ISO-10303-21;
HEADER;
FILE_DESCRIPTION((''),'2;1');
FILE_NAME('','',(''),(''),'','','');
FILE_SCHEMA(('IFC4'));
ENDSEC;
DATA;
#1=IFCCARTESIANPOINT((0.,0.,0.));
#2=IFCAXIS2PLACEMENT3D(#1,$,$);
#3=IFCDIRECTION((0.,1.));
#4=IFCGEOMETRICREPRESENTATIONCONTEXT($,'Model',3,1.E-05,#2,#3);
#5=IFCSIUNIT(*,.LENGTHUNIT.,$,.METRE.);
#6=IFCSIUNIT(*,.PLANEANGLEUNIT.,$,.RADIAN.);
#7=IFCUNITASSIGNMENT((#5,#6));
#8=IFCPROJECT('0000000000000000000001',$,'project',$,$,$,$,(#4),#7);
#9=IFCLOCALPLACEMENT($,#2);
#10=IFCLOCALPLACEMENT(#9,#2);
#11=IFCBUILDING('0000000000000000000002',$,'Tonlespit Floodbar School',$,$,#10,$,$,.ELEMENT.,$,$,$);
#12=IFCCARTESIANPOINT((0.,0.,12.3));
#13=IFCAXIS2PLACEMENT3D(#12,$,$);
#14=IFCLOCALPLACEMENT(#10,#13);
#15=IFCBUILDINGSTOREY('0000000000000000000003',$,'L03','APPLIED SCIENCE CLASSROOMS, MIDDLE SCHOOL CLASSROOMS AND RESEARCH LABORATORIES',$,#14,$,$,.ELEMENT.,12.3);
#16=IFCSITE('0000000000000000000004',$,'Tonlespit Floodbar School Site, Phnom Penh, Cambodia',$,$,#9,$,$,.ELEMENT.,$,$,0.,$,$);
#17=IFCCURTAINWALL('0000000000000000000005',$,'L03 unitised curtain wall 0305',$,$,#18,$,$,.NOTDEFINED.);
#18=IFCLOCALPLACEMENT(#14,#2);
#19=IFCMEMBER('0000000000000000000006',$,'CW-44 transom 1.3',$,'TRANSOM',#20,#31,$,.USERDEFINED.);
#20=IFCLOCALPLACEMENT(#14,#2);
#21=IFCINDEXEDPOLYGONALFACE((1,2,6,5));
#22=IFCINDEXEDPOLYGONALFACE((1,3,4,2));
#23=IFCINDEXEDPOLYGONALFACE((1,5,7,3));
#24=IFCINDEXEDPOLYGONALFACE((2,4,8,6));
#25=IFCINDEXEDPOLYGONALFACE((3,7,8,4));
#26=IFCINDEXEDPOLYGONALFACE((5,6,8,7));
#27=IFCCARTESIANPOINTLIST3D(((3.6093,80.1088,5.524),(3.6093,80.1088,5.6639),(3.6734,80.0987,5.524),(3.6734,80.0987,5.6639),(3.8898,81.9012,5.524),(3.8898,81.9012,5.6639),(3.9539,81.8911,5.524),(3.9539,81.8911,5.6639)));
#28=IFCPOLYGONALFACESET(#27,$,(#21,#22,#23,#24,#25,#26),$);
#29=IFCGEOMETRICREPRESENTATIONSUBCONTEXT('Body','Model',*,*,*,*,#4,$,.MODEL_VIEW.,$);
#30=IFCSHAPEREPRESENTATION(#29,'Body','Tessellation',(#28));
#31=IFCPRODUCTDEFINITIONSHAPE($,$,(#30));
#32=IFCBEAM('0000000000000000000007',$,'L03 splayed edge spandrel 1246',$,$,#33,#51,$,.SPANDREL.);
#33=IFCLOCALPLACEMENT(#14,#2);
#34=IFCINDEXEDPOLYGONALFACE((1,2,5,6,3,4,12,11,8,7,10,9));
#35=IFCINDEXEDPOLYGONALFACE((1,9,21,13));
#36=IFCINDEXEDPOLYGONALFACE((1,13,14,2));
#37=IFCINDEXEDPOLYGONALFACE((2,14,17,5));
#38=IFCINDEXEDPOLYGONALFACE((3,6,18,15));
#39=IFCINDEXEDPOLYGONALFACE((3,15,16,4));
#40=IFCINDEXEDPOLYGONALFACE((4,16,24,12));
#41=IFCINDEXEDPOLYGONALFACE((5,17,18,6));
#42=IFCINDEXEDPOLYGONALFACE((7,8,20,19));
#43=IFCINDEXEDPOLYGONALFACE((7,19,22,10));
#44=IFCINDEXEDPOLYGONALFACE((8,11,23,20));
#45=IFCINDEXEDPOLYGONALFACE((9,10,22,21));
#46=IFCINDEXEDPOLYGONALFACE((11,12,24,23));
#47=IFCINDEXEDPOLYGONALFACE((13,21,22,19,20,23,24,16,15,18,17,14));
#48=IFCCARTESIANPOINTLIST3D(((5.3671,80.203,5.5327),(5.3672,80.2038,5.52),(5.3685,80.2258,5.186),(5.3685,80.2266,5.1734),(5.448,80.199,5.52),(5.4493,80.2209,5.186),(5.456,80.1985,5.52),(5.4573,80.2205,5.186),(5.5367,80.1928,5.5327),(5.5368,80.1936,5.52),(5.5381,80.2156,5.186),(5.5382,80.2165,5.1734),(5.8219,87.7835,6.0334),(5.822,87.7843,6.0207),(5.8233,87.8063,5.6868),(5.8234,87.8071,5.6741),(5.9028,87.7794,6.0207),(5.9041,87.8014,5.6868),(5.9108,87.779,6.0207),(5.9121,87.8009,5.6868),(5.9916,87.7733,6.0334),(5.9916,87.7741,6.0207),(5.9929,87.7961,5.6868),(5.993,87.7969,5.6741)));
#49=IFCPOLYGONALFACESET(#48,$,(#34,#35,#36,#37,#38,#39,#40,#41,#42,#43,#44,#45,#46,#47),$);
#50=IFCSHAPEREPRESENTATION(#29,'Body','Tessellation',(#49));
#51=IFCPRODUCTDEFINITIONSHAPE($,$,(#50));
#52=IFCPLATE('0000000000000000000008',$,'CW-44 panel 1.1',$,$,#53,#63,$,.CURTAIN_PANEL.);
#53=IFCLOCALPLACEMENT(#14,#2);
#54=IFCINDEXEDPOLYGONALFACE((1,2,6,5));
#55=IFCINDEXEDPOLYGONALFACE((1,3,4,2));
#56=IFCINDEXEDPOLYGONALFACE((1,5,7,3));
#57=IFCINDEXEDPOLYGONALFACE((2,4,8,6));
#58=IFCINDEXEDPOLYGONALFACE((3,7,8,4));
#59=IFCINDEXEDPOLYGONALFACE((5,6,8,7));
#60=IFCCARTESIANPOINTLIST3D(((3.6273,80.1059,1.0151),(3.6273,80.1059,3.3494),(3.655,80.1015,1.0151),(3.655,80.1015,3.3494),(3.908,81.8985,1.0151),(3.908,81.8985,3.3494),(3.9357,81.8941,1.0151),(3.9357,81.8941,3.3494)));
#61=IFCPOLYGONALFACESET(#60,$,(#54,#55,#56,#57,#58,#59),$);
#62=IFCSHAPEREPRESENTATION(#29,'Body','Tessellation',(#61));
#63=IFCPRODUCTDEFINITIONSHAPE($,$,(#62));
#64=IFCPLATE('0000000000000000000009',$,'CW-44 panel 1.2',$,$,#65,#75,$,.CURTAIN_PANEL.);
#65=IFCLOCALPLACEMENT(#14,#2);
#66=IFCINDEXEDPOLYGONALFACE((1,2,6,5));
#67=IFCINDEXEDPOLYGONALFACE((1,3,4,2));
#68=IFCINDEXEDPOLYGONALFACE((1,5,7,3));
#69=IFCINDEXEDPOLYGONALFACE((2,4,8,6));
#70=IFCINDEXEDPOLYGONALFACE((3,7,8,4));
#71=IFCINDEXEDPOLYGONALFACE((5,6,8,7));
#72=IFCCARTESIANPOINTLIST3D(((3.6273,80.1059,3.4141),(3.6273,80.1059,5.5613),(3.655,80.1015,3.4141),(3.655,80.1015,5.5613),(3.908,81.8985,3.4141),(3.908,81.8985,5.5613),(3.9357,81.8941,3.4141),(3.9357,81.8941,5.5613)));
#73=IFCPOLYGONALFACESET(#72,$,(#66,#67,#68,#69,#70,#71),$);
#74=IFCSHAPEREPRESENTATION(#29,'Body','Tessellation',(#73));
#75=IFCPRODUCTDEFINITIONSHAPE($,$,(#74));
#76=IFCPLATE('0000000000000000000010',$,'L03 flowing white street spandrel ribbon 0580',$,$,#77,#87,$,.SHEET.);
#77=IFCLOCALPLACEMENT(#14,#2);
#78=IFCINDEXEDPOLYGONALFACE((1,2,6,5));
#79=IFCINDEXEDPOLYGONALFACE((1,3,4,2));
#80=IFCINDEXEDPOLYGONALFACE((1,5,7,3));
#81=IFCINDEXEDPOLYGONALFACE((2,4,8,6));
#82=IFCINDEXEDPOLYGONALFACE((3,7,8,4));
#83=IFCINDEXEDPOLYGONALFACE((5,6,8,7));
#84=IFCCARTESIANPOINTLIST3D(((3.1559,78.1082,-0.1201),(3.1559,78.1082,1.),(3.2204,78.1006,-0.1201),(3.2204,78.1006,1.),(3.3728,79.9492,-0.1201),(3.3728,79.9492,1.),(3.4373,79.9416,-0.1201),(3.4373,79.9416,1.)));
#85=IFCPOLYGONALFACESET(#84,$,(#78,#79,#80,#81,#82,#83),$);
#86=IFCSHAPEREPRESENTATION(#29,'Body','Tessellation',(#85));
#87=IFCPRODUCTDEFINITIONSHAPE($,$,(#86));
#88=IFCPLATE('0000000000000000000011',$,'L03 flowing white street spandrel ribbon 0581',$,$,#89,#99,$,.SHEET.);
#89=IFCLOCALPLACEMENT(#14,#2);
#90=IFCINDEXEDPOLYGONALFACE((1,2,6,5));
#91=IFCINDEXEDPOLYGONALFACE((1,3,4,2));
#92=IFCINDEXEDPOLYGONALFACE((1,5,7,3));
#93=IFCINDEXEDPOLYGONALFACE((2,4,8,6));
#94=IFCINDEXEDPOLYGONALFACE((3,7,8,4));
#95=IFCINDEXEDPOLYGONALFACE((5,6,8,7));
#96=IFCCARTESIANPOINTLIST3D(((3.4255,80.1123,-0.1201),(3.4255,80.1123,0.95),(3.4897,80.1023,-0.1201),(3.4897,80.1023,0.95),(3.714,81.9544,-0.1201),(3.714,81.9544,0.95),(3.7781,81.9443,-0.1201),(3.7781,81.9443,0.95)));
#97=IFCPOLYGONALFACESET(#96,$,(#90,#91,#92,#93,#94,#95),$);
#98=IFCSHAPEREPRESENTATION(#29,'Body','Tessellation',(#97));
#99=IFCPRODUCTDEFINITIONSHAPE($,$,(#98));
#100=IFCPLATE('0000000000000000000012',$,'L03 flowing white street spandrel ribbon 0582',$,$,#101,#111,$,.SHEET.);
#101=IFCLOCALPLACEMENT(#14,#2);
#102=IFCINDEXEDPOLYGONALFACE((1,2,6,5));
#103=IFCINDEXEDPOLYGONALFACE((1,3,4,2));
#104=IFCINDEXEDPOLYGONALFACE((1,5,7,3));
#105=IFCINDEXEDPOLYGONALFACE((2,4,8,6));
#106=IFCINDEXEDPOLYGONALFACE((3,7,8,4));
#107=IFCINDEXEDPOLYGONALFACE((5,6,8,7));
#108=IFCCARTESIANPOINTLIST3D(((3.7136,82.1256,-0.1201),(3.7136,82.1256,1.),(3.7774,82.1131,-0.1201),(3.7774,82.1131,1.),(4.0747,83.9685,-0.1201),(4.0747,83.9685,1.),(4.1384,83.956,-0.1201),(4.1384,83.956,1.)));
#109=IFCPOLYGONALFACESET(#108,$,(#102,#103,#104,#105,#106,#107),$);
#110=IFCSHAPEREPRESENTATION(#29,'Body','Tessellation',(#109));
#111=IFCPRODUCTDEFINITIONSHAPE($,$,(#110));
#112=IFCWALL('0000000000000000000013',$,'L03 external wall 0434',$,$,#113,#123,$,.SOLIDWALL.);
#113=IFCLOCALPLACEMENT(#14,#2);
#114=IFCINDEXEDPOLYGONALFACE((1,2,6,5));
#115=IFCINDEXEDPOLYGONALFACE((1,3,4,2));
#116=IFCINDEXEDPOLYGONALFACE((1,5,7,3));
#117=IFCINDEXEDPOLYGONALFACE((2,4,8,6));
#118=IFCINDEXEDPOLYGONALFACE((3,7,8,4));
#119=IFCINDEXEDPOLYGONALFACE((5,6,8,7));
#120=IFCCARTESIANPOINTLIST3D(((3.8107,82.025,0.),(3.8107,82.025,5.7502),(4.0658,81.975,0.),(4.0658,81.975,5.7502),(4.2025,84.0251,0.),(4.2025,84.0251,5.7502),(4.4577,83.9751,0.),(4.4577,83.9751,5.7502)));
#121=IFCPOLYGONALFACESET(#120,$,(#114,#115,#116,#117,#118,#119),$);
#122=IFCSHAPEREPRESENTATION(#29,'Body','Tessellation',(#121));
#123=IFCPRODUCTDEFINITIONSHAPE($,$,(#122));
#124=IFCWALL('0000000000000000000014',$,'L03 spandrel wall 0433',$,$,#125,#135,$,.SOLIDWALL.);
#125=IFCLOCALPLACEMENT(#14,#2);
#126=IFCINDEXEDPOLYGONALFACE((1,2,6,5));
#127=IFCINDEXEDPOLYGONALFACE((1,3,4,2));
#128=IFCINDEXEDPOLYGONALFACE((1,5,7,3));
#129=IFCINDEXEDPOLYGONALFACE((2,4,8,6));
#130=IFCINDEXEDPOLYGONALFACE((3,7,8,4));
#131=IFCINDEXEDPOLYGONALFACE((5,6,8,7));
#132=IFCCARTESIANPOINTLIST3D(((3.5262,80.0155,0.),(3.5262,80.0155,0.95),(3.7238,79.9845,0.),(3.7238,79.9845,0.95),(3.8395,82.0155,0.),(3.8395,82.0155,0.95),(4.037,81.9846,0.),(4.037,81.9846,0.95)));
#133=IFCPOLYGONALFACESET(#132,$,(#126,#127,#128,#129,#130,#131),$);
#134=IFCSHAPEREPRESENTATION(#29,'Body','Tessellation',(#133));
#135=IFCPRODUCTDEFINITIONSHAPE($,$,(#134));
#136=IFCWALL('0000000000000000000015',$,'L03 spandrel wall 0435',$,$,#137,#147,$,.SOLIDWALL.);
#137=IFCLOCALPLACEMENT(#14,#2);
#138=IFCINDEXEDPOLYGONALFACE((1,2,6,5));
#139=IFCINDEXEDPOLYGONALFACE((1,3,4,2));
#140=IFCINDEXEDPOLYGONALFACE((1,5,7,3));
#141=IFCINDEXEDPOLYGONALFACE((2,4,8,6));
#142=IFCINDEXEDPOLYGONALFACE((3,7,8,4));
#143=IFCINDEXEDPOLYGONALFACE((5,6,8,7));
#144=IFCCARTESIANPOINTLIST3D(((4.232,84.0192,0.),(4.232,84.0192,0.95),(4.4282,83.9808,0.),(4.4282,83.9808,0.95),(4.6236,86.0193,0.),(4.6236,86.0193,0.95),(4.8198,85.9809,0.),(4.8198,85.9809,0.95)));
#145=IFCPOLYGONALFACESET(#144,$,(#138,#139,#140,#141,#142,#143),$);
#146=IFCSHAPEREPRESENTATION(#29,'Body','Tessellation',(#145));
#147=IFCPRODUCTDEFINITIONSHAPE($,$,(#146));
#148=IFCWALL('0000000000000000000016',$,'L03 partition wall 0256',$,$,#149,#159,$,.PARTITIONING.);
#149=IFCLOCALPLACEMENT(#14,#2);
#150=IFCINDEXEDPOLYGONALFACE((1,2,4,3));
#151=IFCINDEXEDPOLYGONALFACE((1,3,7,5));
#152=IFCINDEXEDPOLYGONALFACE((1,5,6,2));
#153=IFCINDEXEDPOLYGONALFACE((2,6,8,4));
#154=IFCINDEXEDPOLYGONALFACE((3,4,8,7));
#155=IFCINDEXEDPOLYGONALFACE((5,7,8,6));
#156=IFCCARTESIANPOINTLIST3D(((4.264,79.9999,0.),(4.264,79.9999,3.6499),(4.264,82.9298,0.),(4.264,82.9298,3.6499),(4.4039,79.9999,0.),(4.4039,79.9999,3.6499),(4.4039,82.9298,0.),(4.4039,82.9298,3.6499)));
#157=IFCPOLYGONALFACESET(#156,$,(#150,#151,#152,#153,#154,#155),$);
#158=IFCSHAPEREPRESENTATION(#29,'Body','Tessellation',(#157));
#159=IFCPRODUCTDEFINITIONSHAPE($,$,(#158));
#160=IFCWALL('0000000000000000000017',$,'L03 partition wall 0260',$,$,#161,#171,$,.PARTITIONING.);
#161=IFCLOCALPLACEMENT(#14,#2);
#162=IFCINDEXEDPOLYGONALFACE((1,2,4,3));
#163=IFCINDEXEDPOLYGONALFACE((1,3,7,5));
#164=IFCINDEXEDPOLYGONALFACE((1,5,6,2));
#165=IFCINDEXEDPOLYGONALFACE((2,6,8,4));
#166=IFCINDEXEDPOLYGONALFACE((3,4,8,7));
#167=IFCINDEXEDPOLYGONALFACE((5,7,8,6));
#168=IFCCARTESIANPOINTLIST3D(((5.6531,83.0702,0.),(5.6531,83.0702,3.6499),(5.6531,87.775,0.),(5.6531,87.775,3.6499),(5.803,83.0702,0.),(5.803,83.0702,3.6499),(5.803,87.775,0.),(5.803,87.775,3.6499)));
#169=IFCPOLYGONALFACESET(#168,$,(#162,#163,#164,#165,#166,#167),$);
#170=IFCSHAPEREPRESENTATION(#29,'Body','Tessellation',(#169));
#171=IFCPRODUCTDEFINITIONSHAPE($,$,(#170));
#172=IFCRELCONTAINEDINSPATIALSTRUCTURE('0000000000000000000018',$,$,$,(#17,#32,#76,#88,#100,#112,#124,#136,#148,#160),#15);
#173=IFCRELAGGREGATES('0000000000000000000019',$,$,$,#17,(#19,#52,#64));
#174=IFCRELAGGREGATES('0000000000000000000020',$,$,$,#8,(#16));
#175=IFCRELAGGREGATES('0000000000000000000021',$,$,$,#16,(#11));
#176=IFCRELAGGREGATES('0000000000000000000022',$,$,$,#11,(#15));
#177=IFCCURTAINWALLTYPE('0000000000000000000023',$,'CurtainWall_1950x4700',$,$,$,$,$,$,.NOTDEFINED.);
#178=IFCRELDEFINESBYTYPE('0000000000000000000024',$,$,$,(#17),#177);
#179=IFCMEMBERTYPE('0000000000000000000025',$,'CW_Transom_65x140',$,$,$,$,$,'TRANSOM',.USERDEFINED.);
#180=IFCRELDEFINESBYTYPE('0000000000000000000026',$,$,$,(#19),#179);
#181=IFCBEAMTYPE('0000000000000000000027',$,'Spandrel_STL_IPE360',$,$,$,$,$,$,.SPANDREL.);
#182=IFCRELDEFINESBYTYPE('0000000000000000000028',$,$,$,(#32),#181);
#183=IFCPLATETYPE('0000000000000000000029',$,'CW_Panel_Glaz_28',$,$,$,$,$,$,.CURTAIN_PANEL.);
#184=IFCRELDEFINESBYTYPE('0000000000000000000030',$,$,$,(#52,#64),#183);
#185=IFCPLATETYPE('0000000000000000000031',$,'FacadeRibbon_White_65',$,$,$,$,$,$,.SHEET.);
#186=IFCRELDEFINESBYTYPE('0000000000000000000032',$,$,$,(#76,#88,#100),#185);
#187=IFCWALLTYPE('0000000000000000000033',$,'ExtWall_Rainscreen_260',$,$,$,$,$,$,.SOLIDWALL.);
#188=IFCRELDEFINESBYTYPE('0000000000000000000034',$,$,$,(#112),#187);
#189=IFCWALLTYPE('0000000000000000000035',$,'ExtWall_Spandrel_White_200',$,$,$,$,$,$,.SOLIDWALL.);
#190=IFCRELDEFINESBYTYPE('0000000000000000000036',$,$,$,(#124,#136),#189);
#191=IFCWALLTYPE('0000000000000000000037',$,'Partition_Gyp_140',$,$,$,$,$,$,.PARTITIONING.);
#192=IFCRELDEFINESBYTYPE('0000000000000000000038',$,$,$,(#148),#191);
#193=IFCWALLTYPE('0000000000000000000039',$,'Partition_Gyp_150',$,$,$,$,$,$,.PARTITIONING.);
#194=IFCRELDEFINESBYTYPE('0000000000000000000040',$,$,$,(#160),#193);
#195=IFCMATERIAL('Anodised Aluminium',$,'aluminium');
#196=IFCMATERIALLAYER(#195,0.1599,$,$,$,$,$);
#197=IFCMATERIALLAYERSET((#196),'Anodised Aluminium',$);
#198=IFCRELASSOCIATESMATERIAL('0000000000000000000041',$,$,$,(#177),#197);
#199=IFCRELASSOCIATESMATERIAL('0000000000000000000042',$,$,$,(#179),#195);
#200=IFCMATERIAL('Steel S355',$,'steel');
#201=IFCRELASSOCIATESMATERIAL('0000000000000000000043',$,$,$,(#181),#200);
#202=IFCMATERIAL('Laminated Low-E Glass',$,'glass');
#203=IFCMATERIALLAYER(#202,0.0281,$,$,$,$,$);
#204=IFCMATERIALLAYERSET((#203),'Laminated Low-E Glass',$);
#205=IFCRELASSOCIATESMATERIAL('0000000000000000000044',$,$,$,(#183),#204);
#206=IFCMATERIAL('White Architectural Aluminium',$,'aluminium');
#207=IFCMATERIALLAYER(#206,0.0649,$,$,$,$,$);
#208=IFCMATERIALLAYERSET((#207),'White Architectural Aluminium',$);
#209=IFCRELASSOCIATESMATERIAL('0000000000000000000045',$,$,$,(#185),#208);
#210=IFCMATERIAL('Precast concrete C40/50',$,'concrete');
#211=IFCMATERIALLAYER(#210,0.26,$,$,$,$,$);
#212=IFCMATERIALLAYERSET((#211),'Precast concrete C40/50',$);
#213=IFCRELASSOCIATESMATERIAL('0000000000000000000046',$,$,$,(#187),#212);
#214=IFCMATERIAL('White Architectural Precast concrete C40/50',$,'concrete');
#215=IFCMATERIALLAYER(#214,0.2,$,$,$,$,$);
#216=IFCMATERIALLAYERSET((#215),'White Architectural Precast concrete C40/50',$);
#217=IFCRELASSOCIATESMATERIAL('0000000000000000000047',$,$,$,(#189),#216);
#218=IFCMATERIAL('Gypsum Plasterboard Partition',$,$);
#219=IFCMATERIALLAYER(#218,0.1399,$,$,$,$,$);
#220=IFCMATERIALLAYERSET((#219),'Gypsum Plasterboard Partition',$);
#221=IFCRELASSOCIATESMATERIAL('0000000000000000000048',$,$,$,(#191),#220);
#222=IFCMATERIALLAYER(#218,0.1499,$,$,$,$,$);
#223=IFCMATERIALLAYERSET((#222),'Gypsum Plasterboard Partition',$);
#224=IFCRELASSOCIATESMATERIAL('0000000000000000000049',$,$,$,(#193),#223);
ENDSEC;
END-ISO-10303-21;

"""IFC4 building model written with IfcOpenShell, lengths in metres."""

from ifc_helpers import new_model, si_unit, direction, frame, frame_2d, origin, origin_2d, place, context, subcontext, project, spatial, rectangle, i_section, extrude, material, layer, layer_set, material_profile, profile_set, type_object, element, aggregate, save


model = new_model("IFC4")

# Units and contexts
model_context = context("Model", 3, precision=1e-05, world=origin(), true_north=direction((0.0, 1.0)))
body_context = subcontext(model_context, "Body", "Model", "MODEL_VIEW")
ifc_project = project(units=[si_unit("LENGTHUNIT", "METRE"), si_unit("PLANEANGLEUNIT", "RADIAN")], contexts=[model_context])

# Site, building, storey
site_placement = place(None, origin())
site = spatial("IfcSite", under=ifc_project, at=site_placement, Name="Tonlespit Floodbar School Site, Phnom Penh, Cambodia", CompositionType="ELEMENT", RefElevation=0.0)
building_placement = place(site_placement, origin())
building = spatial("IfcBuilding", under=site, at=building_placement, Name="Tonlespit Floodbar School", CompositionType="ELEMENT")
storey_placement = place(building_placement, frame((0.0, 0.0, 12.3)))
storey = spatial("IfcBuildingStorey", under=building, at=storey_placement, Name="L03", Description="APPLIED SCIENCE CLASSROOMS, MIDDLE SCHOOL CLASSROOMS AND RESEARCH LABORATORIES", CompositionType="ELEMENT", Elevation=12.3)

# Shared definitions
ifc_material_1 = material(Name="Anodised Aluminium", Category="aluminium")

# Curtain wall
ifc_layer_1 = layer(ifc_material_1, 0.1599)
ifc_layer_set_1 = layer_set([ifc_layer_1], Name="Anodised Aluminium")
curtain_wall_type_1 = type_object("IfcCurtainWallType", Name="CurtainWall_1950x4700", PredefinedType="NOTDEFINED", material=ifc_layer_set_1)
curtain_wall_1_placement = place(storey_placement, origin())
curtain_wall_1 = element("IfcCurtainWall", 1, at=curtain_wall_1_placement, inside=storey, type_object=curtain_wall_type_1, Name="L03 unitised curtain wall 0305", PredefinedType="NOTDEFINED")

# Member
ifc_material_profile_1 = material_profile(ifc_material_1, rectangle(XDim=0.0649, YDim=0.1399, at=origin_2d()), Name="ALU T65x140")
ifc_profile_set_1 = profile_set([ifc_material_profile_1], Name="Anodised Aluminium")
member_type_1 = type_object("IfcMemberType", Name="CW_Transom_65x140", ElementType="TRANSOM", PredefinedType="USERDEFINED", material=ifc_profile_set_1)
member_1_placement = place(storey_placement, frame((3.6414, 80.1038, 5.594), z_axis=(0.154615, 0.987975, 0.0), x_axis=(-0.987975, 0.154615, 0.0)))
member_1 = element("IfcMember", 2, at=member_1_placement, type_object=member_type_1, Name="CW-44 transom 1.3", ObjectType="TRANSOM", PredefinedType="USERDEFINED", context=body_context, shape_type="SweptSolid", body=[
    extrude(rectangle(XDim=0.0649, YDim=0.1399, at=origin_2d()), origin(), (0.0, 0.0, 1.0), 1.8142),
])

# Beam
ifc_material_2 = material(Name="Steel S355", Category="steel")
ifc_material_profile_2 = material_profile(ifc_material_2, i_section(OverallWidth=0.1699, OverallDepth=0.3601, WebThickness=0.0081, FlangeThickness=0.0127, at=origin_2d()), Name="IPE 360")
ifc_profile_set_2 = profile_set([ifc_material_profile_2], Name="Steel S355")
beam_type_1 = type_object("IfcBeamType", Name="Spandrel_STL_IPE360", PredefinedType="SPANDREL", material=ifc_profile_set_2)
beam_1_placement = place(storey_placement, frame((5.4526, 80.2097, 5.353), z_axis=(0.059763, 0.996042, 0.065793), x_axis=(-0.998205, 0.059892, 0.0)))
element("IfcBeam", 3, at=beam_1_placement, inside=storey, type_object=beam_type_1, Name="L03 splayed edge spandrel 1246", PredefinedType="SPANDREL", context=body_context, shape_type="SweptSolid", body=[
    extrude(i_section(OverallWidth=0.1699, OverallDepth=0.3601, WebThickness=0.0081, FlangeThickness=0.0127, at=origin_2d()), origin(), (0.0, 0.0, 1.0), 7.6106),
])

# Plates
ifc_material_3 = material(Name="Laminated Low-E Glass", Category="glass")
ifc_layer_2 = layer(ifc_material_3, 0.0281)
ifc_layer_set_2 = layer_set([ifc_layer_2], Name="Laminated Low-E Glass")
plate_type_1 = type_object("IfcPlateType", Name="CW_Panel_Glaz_28", PredefinedType="CURTAIN_PANEL", material=ifc_layer_set_2)
plate_1_placement = place(storey_placement, frame((3.7815, 81.0, 1.0151), z_axis=(0.0, 0.0, 1.0), x_axis=(0.1547, 0.987961, 0.0)))
plate_1 = element("IfcPlate", 4, at=plate_1_placement, type_object=plate_type_1, Name="CW-44 panel 1.1", PredefinedType="CURTAIN_PANEL", context=body_context, shape_type="SweptSolid", body=[
    extrude(rectangle(XDim=1.8145, YDim=0.0281, at=origin_2d()), origin(), (0.0, 0.0, 1.0), 2.3342),
])
plate_2_placement = place(storey_placement, frame((3.7815, 81.0, 3.4141), z_axis=(0.0, 0.0, 1.0), x_axis=(0.1547, 0.987961, 0.0)))
plate_2 = element("IfcPlate", 5, at=plate_2_placement, type_object=plate_type_1, Name="CW-44 panel 1.2", PredefinedType="CURTAIN_PANEL", context=body_context, shape_type="SweptSolid", body=[
    extrude(rectangle(XDim=1.8145, YDim=0.0281, at=origin_2d()), origin(), (0.0, 0.0, 1.0), 2.1472),
])
aggregate(curtain_wall_1, [member_1, plate_1, plate_2])

# Plates
ifc_material_4 = material(Name="White Architectural Aluminium", Category="aluminium")
ifc_layer_3 = layer(ifc_material_4, 0.0649)
ifc_layer_set_3 = layer_set([ifc_layer_3], Name="White Architectural Aluminium")
plate_type_2 = type_object("IfcPlateType", Name="FacadeRibbon_White_65", PredefinedType="SHEET", material=ifc_layer_set_3)
plate_3_placement = place(storey_placement, frame((3.2966, 79.0249, -0.1201), z_axis=(0.0, 0.0, 1.0), x_axis=(0.116991, 0.993133, 0.0)))
element("IfcPlate", 6, at=plate_3_placement, inside=storey, type_object=plate_type_2, Name="L03 flowing white street spandrel ribbon 0580", PredefinedType="SHEET", context=body_context, shape_type="SweptSolid", body=[
    extrude(rectangle(XDim=1.8538, YDim=0.0649, at=origin_2d()), origin(), (0.0, 0.0, 1.0), 1.1201),
])
plate_4_placement = place(storey_placement, frame((3.6018, 81.0283, -0.1201), z_axis=(0.0, 0.0, 1.0), x_axis=(0.154714, 0.987959, 0.0)))
element("IfcPlate", 7, at=plate_4_placement, inside=storey, type_object=plate_type_2, Name="L03 flowing white street spandrel ribbon 0581", PredefinedType="SHEET", context=body_context, shape_type="SweptSolid", body=[
    extrude(rectangle(XDim=1.8645, YDim=0.0649, at=origin_2d()), origin(), (0.0, 0.0, 1.0), 1.0701),
])
plate_5_placement = place(storey_placement, frame((3.926, 83.0408, -0.1201), z_axis=(0.0, 0.0, 1.0), x_axis=(0.192246, 0.981347, 0.0)))
element("IfcPlate", 8, at=plate_5_placement, inside=storey, type_object=plate_type_2, Name="L03 flowing white street spandrel ribbon 0582", PredefinedType="SHEET", context=body_context, shape_type="SweptSolid", body=[
    extrude(rectangle(XDim=1.8779, YDim=0.0649, at=origin_2d()), origin(), (0.0, 0.0, 1.0), 1.1201),
])

# Walls
ifc_material_5 = material(Name="Precast concrete C40/50", Category="concrete")
ifc_layer_4 = layer(ifc_material_5, 0.26)
ifc_layer_set_4 = layer_set([ifc_layer_4], Name="Precast concrete C40/50")
wall_type_1 = type_object("IfcWallType", Name="ExtWall_Rainscreen_260", PredefinedType="SOLIDWALL", material=ifc_layer_set_4)
wall_1_placement = place(storey_placement, frame((3.9382, 82.0, 0.0), z_axis=(0.0, 0.0, 1.0), x_axis=(0.192267, 0.981343, 0.0)))
element("IfcWall", 9, at=wall_1_placement, inside=storey, type_object=wall_type_1, Name="L03 external wall 0434", PredefinedType="SOLIDWALL", context=body_context, shape_type="SweptSolid", body=[
    extrude(rectangle(XDim=2.0381, YDim=0.26, at=frame_2d((1.019, 0.0))), origin(), (0.0, 0.0, 1.0), 5.7502),
])
ifc_material_6 = material(Name="White Architectural Precast concrete C40/50", Category="concrete")
ifc_layer_5 = layer(ifc_material_6, 0.2)
ifc_layer_set_5 = layer_set([ifc_layer_5], Name="White Architectural Precast concrete C40/50")
wall_type_2 = type_object("IfcWallType", Name="ExtWall_Spandrel_White_200", PredefinedType="SOLIDWALL", material=ifc_layer_set_5)
wall_2_placement = place(storey_placement, frame((3.625, 80.0, 0.0), z_axis=(0.0, 0.0, 1.0), x_axis=(0.15473, 0.987957, 0.0)))
element("IfcWall", 10, at=wall_2_placement, inside=storey, type_object=wall_type_2, Name="L03 spandrel wall 0433", PredefinedType="SOLIDWALL", context=body_context, shape_type="SweptSolid", body=[
    extrude(rectangle(XDim=2.0244, YDim=0.2, at=frame_2d((1.0122, 0.0))), origin(), (0.0, 0.0, 1.0), 0.95),
])
wall_3_placement = place(storey_placement, frame((4.3301, 84.0, 0.0), z_axis=(0.0, 0.0, 1.0), x_axis=(0.192152, 0.981365, 0.0)))
element("IfcWall", 11, at=wall_3_placement, inside=storey, type_object=wall_type_2, Name="L03 spandrel wall 0435", PredefinedType="SOLIDWALL", context=body_context, shape_type="SweptSolid", body=[
    extrude(rectangle(XDim=2.0381, YDim=0.2, at=frame_2d((1.019, 0.0))), origin(), (0.0, 0.0, 1.0), 0.95),
])
ifc_material_7 = material(Name="Gypsum Plasterboard Partition")
ifc_layer_6 = layer(ifc_material_7, 0.1399)
ifc_layer_set_6 = layer_set([ifc_layer_6], Name="Gypsum Plasterboard Partition")
wall_type_3 = type_object("IfcWallType", Name="Partition_Gyp_140", PredefinedType="PARTITIONING", material=ifc_layer_set_6)
wall_4_placement = place(storey_placement, frame((4.334, 80.0, 0.0), z_axis=(0.0, 0.0, 1.0), x_axis=(0.0, 1.0, 0.0)))
element("IfcWall", 12, at=wall_4_placement, inside=storey, type_object=wall_type_3, Name="L03 partition wall 0256", PredefinedType="PARTITIONING", context=body_context, shape_type="SweptSolid", body=[
    extrude(rectangle(XDim=2.9299, YDim=0.1399, at=frame_2d((1.4648, 0.0))), origin(), (0.0, 0.0, 1.0), 3.6499),
])
ifc_layer_7 = layer(ifc_material_7, 0.1499)
ifc_layer_set_7 = layer_set([ifc_layer_7], Name="Gypsum Plasterboard Partition")
wall_type_4 = type_object("IfcWallType", Name="Partition_Gyp_150", PredefinedType="PARTITIONING", material=ifc_layer_set_7)
wall_5_placement = place(storey_placement, frame((5.728, 83.0701, 0.0), z_axis=(0.0, 0.0, 1.0), x_axis=(0.0, 1.0, 0.0)))
element("IfcWall", 13, at=wall_5_placement, inside=storey, type_object=wall_type_4, Name="L03 partition wall 0260", PredefinedType="PARTITIONING", context=body_context, shape_type="SweptSolid", body=[
    extrude(rectangle(XDim=4.7048, YDim=0.1499, at=frame_2d((2.3525, 0.0))), origin(), (0.0, 0.0, 1.0), 3.6499),
])

save(model, "model.ifc")
